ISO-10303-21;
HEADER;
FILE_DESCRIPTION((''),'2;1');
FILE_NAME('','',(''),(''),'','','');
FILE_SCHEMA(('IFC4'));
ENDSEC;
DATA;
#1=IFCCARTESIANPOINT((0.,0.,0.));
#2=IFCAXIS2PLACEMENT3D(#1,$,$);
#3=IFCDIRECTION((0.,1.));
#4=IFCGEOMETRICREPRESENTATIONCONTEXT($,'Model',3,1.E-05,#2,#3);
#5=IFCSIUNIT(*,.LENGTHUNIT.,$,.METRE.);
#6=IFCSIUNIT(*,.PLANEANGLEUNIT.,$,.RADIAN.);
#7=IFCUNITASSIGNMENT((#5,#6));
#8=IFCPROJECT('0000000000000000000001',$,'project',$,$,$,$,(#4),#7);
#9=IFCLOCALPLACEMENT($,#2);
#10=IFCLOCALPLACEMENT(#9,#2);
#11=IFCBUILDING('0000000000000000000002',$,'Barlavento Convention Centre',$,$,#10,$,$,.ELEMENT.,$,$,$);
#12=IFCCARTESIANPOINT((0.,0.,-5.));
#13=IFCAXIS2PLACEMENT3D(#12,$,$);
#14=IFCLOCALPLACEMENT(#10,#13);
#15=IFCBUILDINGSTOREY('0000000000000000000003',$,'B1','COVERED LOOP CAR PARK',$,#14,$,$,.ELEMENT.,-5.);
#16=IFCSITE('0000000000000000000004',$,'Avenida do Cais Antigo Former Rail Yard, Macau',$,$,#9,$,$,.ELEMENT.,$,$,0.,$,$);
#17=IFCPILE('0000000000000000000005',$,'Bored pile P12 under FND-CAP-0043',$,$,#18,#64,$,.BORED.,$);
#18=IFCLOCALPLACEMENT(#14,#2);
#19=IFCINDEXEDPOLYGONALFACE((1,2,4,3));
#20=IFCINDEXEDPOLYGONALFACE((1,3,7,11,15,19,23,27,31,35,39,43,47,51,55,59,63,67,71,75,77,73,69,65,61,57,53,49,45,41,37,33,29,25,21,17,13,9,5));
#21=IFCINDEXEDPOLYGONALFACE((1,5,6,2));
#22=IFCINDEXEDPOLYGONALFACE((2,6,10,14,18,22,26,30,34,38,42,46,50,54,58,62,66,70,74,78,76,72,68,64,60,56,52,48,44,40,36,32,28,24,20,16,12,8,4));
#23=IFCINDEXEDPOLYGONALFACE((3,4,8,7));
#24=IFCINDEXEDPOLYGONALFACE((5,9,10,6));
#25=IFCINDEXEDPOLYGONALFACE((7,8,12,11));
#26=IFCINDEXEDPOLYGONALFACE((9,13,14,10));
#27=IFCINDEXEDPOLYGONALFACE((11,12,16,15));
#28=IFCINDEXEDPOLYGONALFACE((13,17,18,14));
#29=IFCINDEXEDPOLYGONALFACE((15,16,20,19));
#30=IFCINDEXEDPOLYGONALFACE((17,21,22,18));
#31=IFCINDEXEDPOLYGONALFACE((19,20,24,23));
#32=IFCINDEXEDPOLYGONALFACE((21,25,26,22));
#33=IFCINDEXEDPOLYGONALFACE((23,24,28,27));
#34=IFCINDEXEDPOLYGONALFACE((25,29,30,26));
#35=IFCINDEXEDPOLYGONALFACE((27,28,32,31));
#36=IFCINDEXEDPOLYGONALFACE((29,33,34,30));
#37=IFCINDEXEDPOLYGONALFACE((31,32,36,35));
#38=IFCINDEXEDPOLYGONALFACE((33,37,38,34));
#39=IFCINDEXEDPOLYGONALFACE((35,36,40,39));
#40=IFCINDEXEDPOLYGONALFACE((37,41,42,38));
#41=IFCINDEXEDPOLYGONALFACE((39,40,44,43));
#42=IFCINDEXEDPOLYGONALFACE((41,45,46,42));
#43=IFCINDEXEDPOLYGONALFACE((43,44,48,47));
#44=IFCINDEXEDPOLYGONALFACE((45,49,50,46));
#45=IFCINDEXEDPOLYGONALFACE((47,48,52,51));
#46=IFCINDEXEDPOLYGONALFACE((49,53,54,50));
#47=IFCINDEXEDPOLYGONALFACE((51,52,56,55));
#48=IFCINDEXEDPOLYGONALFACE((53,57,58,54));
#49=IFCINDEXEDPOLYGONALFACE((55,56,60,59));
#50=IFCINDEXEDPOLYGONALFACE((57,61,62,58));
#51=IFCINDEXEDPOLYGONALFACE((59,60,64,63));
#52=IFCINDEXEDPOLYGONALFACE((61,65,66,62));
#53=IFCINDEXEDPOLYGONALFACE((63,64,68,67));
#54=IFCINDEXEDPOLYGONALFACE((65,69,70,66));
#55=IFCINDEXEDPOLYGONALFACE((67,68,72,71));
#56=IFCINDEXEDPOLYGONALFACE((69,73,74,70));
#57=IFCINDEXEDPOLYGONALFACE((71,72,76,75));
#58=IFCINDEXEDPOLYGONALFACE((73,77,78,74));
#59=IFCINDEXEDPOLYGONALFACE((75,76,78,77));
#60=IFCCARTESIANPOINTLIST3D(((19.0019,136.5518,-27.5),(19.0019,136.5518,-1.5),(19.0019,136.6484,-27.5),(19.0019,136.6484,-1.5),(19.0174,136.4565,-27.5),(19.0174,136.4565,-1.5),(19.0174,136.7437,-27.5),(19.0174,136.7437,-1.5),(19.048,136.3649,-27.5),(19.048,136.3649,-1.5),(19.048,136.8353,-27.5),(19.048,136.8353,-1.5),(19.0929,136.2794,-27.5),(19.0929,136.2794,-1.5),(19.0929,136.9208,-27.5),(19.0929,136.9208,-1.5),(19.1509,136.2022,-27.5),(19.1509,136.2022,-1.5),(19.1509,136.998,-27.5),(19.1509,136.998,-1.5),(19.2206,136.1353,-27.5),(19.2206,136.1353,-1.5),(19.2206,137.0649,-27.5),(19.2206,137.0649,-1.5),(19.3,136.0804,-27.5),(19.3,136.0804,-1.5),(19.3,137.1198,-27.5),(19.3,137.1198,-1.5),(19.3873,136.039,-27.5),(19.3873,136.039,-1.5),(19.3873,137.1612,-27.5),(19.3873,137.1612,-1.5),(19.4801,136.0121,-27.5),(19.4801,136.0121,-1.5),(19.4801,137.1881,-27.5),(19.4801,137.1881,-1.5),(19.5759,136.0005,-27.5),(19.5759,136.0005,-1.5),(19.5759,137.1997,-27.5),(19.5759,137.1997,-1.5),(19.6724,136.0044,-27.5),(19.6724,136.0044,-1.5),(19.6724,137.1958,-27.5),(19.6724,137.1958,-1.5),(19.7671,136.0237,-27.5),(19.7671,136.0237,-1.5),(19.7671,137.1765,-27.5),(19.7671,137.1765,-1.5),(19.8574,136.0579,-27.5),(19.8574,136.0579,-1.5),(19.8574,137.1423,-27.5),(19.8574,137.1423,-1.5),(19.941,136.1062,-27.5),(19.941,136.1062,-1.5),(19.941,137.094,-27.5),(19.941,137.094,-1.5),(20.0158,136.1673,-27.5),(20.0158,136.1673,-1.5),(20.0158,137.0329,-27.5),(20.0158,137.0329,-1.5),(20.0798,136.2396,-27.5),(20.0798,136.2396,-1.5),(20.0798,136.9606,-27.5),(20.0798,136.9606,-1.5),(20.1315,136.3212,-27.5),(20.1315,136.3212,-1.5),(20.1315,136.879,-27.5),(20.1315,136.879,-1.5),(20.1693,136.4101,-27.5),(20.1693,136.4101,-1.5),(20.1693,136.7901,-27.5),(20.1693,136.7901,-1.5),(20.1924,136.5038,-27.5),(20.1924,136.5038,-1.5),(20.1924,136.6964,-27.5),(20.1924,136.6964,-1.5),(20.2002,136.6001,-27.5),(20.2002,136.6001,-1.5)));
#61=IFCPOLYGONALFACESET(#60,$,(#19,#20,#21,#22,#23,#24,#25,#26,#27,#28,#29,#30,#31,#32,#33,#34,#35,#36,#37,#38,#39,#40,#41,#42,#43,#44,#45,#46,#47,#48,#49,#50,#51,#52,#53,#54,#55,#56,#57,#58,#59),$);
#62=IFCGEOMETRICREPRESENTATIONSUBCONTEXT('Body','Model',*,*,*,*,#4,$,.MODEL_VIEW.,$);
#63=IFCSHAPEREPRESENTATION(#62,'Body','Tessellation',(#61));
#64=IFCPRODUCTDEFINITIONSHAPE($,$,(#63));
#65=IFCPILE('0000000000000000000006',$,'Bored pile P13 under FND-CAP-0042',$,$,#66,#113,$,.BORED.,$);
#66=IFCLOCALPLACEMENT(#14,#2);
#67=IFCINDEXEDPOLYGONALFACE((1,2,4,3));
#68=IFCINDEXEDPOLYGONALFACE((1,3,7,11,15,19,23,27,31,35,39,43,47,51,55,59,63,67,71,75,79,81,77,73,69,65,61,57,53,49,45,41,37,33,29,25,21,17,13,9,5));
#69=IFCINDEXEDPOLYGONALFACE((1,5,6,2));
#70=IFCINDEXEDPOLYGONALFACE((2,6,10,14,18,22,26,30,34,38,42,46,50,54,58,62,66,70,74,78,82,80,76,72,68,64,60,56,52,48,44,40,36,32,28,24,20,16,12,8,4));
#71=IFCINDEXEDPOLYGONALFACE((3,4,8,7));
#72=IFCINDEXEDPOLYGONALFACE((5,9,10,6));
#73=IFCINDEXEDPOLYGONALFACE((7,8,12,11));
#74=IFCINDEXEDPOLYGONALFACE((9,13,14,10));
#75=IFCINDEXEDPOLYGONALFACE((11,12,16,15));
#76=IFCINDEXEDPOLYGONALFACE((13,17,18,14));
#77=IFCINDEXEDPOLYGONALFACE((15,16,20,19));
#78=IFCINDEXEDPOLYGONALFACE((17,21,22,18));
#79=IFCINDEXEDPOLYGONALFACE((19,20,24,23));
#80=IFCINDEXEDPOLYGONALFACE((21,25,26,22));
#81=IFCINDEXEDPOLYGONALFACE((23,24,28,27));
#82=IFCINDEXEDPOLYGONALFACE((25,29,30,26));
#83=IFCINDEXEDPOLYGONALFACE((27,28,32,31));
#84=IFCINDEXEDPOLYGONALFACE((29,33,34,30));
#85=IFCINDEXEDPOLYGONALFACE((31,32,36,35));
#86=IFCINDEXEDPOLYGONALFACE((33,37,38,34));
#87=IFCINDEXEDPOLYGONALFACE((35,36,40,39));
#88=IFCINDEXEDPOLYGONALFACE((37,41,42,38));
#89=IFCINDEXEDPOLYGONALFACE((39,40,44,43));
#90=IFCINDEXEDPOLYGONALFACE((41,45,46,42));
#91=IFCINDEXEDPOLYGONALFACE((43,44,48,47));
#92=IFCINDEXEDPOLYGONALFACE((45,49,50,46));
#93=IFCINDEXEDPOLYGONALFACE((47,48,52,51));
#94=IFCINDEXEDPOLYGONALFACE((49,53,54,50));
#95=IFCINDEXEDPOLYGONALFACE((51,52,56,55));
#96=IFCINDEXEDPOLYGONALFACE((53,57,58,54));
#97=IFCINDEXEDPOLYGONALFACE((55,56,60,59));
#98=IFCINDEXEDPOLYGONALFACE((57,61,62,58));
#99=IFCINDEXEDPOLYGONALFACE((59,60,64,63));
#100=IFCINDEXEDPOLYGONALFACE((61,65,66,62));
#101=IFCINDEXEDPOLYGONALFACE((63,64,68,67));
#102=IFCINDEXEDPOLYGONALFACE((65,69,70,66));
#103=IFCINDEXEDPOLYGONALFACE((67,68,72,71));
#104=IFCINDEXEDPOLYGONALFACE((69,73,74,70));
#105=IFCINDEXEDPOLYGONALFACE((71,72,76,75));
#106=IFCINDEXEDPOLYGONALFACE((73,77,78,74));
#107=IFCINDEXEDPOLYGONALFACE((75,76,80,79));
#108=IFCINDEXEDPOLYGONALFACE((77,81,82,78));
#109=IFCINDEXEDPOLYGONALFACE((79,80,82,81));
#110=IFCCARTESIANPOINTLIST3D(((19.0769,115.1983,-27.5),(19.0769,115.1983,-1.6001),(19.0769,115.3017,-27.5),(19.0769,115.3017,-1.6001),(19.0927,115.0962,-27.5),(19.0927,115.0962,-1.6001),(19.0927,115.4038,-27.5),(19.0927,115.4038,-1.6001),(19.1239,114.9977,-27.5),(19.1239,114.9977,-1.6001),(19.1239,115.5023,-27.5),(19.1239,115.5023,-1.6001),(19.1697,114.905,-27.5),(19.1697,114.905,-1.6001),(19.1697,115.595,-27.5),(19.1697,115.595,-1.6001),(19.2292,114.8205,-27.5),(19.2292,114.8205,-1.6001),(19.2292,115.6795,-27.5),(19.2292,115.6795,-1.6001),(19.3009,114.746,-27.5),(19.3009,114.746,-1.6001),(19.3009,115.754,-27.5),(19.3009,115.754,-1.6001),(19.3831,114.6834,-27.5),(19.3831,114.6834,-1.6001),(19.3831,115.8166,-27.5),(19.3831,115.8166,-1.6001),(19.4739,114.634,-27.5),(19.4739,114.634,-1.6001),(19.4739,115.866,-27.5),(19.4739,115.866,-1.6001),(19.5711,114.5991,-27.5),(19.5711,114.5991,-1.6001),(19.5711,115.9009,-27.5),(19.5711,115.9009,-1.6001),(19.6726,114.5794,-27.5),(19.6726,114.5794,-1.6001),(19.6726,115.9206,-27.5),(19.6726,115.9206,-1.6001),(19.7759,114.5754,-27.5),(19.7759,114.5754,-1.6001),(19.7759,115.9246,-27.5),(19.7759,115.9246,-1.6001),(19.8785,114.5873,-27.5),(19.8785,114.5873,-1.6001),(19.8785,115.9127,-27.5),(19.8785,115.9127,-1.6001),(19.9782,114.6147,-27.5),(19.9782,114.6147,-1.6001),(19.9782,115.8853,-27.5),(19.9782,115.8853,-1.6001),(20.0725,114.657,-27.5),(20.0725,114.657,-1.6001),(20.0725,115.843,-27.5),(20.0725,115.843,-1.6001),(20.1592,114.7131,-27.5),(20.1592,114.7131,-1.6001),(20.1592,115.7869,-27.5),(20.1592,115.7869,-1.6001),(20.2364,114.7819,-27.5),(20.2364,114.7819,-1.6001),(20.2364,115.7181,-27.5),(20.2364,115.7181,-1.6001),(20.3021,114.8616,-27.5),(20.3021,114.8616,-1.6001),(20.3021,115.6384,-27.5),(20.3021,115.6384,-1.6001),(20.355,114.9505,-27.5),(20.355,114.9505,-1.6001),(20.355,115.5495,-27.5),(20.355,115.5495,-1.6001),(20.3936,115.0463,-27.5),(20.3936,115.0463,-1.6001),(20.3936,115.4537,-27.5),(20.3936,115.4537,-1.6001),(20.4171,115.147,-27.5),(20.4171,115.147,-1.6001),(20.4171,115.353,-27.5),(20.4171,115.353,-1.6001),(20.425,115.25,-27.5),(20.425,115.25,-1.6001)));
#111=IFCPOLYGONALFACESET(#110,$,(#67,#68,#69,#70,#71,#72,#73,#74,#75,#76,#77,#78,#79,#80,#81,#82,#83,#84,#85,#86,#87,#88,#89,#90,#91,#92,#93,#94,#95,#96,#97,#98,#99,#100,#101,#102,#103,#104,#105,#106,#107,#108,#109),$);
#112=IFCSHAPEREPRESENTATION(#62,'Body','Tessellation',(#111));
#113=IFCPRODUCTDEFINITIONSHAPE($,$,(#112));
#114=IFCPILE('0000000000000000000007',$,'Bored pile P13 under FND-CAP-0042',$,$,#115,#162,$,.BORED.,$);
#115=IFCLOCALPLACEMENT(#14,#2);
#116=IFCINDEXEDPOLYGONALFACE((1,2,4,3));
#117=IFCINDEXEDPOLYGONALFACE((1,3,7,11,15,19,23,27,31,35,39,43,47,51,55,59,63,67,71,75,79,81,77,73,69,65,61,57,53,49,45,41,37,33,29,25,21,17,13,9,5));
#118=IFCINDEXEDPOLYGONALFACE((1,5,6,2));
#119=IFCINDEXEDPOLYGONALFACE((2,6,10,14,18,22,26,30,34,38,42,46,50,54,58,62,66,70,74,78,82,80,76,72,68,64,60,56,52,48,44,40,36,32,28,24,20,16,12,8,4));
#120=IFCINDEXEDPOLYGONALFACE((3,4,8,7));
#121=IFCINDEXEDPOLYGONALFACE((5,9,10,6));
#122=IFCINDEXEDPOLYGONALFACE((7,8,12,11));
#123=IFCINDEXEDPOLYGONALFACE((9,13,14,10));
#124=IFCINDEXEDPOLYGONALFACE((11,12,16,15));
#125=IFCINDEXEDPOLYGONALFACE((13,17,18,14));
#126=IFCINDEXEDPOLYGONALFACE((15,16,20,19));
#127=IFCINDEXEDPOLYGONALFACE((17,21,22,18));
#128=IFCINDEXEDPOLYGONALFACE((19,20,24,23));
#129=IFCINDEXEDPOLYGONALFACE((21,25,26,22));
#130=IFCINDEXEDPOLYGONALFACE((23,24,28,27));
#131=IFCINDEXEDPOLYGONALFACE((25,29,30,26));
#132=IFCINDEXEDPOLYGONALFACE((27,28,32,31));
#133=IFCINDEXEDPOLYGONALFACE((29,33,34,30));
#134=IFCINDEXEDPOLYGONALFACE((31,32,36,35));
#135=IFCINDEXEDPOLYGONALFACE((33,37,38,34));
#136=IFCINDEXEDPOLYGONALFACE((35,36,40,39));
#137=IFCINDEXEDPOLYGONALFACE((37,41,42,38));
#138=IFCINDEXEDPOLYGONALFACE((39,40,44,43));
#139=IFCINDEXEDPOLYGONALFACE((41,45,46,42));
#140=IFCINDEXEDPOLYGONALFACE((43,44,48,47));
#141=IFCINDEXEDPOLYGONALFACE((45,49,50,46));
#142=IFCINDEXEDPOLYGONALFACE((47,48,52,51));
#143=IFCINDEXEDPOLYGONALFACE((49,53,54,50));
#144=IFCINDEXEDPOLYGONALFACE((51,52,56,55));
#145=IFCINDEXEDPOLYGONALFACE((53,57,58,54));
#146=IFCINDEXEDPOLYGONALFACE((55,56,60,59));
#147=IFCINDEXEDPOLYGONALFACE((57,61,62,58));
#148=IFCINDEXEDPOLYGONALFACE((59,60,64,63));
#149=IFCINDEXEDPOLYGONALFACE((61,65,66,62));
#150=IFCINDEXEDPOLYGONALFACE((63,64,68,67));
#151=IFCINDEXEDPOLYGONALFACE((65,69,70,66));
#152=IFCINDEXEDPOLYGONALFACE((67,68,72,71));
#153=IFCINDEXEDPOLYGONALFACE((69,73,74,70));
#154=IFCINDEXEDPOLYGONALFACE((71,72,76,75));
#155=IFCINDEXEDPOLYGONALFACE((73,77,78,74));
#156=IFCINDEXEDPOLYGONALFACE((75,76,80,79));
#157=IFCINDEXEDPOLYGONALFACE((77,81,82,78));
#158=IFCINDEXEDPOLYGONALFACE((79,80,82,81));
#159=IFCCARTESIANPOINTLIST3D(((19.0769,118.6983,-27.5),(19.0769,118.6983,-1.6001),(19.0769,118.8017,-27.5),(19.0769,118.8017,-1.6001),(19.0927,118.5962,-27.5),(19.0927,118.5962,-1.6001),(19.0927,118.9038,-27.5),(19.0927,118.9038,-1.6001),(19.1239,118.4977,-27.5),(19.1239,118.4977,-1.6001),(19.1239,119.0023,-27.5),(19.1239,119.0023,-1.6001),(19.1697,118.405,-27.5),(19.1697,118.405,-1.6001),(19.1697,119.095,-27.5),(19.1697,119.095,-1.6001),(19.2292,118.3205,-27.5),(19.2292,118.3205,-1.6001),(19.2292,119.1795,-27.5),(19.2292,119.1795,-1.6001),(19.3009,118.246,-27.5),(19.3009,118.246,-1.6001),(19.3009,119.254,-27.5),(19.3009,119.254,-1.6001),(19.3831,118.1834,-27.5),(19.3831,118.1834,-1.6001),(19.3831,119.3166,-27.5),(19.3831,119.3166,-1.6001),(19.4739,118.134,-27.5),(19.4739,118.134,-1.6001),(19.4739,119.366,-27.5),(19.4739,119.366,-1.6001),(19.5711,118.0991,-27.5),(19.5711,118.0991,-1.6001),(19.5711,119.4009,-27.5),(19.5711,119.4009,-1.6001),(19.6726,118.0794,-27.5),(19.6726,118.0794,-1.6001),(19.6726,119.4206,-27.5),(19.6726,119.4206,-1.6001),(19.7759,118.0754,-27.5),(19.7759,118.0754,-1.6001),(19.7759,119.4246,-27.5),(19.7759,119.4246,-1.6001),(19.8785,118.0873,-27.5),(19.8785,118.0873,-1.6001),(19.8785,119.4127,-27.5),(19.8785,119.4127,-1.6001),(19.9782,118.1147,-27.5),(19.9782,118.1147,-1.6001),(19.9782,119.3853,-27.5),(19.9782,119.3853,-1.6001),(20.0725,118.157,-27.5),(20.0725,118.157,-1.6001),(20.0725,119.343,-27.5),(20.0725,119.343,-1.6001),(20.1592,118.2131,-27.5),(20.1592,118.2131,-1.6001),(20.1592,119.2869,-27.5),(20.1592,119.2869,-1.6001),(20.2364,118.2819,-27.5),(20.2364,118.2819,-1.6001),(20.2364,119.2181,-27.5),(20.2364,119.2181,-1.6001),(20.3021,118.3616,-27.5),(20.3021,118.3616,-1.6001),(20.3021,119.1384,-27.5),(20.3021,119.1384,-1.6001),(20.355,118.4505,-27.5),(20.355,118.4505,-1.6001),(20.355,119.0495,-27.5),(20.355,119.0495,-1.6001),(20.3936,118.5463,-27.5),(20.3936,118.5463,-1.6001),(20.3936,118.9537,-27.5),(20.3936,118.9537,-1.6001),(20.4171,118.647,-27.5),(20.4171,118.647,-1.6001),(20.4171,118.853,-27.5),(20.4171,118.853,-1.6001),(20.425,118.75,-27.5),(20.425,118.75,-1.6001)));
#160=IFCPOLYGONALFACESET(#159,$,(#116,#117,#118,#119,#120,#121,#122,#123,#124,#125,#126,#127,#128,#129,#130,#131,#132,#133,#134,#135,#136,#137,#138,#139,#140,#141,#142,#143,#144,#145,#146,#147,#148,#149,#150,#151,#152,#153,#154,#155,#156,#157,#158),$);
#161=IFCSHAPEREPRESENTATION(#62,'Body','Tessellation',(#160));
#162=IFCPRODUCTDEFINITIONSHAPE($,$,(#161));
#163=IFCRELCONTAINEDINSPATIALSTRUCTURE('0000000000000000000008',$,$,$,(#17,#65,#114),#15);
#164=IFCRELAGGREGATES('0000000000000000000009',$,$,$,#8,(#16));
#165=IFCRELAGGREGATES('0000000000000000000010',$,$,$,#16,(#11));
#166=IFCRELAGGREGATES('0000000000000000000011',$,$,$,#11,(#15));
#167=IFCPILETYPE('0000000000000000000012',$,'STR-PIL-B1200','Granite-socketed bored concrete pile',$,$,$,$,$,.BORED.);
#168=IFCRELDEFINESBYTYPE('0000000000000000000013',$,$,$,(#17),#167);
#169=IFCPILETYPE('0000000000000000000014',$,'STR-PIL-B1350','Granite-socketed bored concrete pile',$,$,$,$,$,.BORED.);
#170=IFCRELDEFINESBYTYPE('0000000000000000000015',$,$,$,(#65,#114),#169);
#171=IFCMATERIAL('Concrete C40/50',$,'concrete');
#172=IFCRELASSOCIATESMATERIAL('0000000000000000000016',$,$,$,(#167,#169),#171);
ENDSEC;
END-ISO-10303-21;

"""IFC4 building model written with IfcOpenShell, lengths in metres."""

from ifc_helpers import new_model, si_unit, direction, frame, origin, origin_2d, place, context, subcontext, project, spatial, circle, extrude, material, material_profile, profile_set, type_object, element, save


model = new_model("IFC4")

# Units and contexts
model_context = context("Model", 3, precision=1e-05, world=origin(), true_north=direction((0.0, 1.0)))
body_context = subcontext(model_context, "Body", "Model", "MODEL_VIEW")
ifc_project = project(units=[si_unit("LENGTHUNIT", "METRE"), si_unit("PLANEANGLEUNIT", "RADIAN")], contexts=[model_context])

# Site, building, storey
site_placement = place(None, origin())
site = spatial("IfcSite", under=ifc_project, at=site_placement, Name="Avenida do Cais Antigo Former Rail Yard, Macau", CompositionType="ELEMENT", RefElevation=0.0)
building_placement = place(site_placement, origin())
building = spatial("IfcBuilding", under=site, at=building_placement, Name="Barlavento Convention Centre", CompositionType="ELEMENT")
storey_placement = place(building_placement, frame((0.0, 0.0, -5.0)))
storey = spatial("IfcBuildingStorey", under=building, at=storey_placement, Name="B1", Description="COVERED LOOP CAR PARK", CompositionType="ELEMENT", Elevation=-5.0)

# Shared definitions
ifc_material_1 = material(Name="Concrete C40/50", Category="concrete")

# Piles
ifc_material_profile_1 = material_profile(ifc_material_1, circle(Radius=0.6001, at=origin_2d()), Name="BORED PILE 1200")
ifc_profile_set_1 = profile_set([ifc_material_profile_1], Name="Concrete C40/50")
pile_type_1 = type_object("IfcPileType", Name="STR-PIL-B1200", Description="Granite-socketed bored concrete pile", PredefinedType="BORED", material=ifc_profile_set_1)
for number, where, z_axis, x_axis, name in (
    (1, (19.6001, 136.6001, -1.5), (0.0, 0.0, -1.0), (1.0, 0.0, 0.0), "Bored pile P12 under FND-CAP-0043"),
):
    element("IfcPile", number, at=place(storey_placement, frame(where, z_axis=z_axis, x_axis=x_axis)), inside=storey, type_object=pile_type_1, Name=name, PredefinedType="BORED", context=body_context, shape_type="SweptSolid", body=[
        extrude(circle(Radius=0.6001, at=origin_2d()), origin(), (0.0, 0.0, 1.0), 26.0),
    ])
ifc_material_profile_2 = material_profile(ifc_material_1, circle(Radius=0.675, at=origin_2d()), Name="BORED PILE 1350")
ifc_profile_set_2 = profile_set([ifc_material_profile_2], Name="Concrete C40/50")
pile_type_2 = type_object("IfcPileType", Name="STR-PIL-B1350", Description="Granite-socketed bored concrete pile", PredefinedType="BORED", material=ifc_profile_set_2)
for number, where, z_axis, x_axis, name in (
    (2, (19.75, 115.25, -1.6001), (0.0, 0.0, -1.0), (1.0, 0.0, 0.0), "Bored pile P13 under FND-CAP-0042"),
    (3, (19.75, 118.75, -1.6001), (0.0, 0.0, -1.0), (1.0, 0.0, 0.0), "Bored pile P13 under FND-CAP-0042"),
):
    element("IfcPile", number, at=place(storey_placement, frame(where, z_axis=z_axis, x_axis=x_axis)), inside=storey, type_object=pile_type_2, Name=name, PredefinedType="BORED", context=body_context, shape_type="SweptSolid", body=[
        extrude(circle(Radius=0.675, at=origin_2d()), origin(), (0.0, 0.0, 1.0), 25.8999),
    ])

save(model, "model.ifc")
